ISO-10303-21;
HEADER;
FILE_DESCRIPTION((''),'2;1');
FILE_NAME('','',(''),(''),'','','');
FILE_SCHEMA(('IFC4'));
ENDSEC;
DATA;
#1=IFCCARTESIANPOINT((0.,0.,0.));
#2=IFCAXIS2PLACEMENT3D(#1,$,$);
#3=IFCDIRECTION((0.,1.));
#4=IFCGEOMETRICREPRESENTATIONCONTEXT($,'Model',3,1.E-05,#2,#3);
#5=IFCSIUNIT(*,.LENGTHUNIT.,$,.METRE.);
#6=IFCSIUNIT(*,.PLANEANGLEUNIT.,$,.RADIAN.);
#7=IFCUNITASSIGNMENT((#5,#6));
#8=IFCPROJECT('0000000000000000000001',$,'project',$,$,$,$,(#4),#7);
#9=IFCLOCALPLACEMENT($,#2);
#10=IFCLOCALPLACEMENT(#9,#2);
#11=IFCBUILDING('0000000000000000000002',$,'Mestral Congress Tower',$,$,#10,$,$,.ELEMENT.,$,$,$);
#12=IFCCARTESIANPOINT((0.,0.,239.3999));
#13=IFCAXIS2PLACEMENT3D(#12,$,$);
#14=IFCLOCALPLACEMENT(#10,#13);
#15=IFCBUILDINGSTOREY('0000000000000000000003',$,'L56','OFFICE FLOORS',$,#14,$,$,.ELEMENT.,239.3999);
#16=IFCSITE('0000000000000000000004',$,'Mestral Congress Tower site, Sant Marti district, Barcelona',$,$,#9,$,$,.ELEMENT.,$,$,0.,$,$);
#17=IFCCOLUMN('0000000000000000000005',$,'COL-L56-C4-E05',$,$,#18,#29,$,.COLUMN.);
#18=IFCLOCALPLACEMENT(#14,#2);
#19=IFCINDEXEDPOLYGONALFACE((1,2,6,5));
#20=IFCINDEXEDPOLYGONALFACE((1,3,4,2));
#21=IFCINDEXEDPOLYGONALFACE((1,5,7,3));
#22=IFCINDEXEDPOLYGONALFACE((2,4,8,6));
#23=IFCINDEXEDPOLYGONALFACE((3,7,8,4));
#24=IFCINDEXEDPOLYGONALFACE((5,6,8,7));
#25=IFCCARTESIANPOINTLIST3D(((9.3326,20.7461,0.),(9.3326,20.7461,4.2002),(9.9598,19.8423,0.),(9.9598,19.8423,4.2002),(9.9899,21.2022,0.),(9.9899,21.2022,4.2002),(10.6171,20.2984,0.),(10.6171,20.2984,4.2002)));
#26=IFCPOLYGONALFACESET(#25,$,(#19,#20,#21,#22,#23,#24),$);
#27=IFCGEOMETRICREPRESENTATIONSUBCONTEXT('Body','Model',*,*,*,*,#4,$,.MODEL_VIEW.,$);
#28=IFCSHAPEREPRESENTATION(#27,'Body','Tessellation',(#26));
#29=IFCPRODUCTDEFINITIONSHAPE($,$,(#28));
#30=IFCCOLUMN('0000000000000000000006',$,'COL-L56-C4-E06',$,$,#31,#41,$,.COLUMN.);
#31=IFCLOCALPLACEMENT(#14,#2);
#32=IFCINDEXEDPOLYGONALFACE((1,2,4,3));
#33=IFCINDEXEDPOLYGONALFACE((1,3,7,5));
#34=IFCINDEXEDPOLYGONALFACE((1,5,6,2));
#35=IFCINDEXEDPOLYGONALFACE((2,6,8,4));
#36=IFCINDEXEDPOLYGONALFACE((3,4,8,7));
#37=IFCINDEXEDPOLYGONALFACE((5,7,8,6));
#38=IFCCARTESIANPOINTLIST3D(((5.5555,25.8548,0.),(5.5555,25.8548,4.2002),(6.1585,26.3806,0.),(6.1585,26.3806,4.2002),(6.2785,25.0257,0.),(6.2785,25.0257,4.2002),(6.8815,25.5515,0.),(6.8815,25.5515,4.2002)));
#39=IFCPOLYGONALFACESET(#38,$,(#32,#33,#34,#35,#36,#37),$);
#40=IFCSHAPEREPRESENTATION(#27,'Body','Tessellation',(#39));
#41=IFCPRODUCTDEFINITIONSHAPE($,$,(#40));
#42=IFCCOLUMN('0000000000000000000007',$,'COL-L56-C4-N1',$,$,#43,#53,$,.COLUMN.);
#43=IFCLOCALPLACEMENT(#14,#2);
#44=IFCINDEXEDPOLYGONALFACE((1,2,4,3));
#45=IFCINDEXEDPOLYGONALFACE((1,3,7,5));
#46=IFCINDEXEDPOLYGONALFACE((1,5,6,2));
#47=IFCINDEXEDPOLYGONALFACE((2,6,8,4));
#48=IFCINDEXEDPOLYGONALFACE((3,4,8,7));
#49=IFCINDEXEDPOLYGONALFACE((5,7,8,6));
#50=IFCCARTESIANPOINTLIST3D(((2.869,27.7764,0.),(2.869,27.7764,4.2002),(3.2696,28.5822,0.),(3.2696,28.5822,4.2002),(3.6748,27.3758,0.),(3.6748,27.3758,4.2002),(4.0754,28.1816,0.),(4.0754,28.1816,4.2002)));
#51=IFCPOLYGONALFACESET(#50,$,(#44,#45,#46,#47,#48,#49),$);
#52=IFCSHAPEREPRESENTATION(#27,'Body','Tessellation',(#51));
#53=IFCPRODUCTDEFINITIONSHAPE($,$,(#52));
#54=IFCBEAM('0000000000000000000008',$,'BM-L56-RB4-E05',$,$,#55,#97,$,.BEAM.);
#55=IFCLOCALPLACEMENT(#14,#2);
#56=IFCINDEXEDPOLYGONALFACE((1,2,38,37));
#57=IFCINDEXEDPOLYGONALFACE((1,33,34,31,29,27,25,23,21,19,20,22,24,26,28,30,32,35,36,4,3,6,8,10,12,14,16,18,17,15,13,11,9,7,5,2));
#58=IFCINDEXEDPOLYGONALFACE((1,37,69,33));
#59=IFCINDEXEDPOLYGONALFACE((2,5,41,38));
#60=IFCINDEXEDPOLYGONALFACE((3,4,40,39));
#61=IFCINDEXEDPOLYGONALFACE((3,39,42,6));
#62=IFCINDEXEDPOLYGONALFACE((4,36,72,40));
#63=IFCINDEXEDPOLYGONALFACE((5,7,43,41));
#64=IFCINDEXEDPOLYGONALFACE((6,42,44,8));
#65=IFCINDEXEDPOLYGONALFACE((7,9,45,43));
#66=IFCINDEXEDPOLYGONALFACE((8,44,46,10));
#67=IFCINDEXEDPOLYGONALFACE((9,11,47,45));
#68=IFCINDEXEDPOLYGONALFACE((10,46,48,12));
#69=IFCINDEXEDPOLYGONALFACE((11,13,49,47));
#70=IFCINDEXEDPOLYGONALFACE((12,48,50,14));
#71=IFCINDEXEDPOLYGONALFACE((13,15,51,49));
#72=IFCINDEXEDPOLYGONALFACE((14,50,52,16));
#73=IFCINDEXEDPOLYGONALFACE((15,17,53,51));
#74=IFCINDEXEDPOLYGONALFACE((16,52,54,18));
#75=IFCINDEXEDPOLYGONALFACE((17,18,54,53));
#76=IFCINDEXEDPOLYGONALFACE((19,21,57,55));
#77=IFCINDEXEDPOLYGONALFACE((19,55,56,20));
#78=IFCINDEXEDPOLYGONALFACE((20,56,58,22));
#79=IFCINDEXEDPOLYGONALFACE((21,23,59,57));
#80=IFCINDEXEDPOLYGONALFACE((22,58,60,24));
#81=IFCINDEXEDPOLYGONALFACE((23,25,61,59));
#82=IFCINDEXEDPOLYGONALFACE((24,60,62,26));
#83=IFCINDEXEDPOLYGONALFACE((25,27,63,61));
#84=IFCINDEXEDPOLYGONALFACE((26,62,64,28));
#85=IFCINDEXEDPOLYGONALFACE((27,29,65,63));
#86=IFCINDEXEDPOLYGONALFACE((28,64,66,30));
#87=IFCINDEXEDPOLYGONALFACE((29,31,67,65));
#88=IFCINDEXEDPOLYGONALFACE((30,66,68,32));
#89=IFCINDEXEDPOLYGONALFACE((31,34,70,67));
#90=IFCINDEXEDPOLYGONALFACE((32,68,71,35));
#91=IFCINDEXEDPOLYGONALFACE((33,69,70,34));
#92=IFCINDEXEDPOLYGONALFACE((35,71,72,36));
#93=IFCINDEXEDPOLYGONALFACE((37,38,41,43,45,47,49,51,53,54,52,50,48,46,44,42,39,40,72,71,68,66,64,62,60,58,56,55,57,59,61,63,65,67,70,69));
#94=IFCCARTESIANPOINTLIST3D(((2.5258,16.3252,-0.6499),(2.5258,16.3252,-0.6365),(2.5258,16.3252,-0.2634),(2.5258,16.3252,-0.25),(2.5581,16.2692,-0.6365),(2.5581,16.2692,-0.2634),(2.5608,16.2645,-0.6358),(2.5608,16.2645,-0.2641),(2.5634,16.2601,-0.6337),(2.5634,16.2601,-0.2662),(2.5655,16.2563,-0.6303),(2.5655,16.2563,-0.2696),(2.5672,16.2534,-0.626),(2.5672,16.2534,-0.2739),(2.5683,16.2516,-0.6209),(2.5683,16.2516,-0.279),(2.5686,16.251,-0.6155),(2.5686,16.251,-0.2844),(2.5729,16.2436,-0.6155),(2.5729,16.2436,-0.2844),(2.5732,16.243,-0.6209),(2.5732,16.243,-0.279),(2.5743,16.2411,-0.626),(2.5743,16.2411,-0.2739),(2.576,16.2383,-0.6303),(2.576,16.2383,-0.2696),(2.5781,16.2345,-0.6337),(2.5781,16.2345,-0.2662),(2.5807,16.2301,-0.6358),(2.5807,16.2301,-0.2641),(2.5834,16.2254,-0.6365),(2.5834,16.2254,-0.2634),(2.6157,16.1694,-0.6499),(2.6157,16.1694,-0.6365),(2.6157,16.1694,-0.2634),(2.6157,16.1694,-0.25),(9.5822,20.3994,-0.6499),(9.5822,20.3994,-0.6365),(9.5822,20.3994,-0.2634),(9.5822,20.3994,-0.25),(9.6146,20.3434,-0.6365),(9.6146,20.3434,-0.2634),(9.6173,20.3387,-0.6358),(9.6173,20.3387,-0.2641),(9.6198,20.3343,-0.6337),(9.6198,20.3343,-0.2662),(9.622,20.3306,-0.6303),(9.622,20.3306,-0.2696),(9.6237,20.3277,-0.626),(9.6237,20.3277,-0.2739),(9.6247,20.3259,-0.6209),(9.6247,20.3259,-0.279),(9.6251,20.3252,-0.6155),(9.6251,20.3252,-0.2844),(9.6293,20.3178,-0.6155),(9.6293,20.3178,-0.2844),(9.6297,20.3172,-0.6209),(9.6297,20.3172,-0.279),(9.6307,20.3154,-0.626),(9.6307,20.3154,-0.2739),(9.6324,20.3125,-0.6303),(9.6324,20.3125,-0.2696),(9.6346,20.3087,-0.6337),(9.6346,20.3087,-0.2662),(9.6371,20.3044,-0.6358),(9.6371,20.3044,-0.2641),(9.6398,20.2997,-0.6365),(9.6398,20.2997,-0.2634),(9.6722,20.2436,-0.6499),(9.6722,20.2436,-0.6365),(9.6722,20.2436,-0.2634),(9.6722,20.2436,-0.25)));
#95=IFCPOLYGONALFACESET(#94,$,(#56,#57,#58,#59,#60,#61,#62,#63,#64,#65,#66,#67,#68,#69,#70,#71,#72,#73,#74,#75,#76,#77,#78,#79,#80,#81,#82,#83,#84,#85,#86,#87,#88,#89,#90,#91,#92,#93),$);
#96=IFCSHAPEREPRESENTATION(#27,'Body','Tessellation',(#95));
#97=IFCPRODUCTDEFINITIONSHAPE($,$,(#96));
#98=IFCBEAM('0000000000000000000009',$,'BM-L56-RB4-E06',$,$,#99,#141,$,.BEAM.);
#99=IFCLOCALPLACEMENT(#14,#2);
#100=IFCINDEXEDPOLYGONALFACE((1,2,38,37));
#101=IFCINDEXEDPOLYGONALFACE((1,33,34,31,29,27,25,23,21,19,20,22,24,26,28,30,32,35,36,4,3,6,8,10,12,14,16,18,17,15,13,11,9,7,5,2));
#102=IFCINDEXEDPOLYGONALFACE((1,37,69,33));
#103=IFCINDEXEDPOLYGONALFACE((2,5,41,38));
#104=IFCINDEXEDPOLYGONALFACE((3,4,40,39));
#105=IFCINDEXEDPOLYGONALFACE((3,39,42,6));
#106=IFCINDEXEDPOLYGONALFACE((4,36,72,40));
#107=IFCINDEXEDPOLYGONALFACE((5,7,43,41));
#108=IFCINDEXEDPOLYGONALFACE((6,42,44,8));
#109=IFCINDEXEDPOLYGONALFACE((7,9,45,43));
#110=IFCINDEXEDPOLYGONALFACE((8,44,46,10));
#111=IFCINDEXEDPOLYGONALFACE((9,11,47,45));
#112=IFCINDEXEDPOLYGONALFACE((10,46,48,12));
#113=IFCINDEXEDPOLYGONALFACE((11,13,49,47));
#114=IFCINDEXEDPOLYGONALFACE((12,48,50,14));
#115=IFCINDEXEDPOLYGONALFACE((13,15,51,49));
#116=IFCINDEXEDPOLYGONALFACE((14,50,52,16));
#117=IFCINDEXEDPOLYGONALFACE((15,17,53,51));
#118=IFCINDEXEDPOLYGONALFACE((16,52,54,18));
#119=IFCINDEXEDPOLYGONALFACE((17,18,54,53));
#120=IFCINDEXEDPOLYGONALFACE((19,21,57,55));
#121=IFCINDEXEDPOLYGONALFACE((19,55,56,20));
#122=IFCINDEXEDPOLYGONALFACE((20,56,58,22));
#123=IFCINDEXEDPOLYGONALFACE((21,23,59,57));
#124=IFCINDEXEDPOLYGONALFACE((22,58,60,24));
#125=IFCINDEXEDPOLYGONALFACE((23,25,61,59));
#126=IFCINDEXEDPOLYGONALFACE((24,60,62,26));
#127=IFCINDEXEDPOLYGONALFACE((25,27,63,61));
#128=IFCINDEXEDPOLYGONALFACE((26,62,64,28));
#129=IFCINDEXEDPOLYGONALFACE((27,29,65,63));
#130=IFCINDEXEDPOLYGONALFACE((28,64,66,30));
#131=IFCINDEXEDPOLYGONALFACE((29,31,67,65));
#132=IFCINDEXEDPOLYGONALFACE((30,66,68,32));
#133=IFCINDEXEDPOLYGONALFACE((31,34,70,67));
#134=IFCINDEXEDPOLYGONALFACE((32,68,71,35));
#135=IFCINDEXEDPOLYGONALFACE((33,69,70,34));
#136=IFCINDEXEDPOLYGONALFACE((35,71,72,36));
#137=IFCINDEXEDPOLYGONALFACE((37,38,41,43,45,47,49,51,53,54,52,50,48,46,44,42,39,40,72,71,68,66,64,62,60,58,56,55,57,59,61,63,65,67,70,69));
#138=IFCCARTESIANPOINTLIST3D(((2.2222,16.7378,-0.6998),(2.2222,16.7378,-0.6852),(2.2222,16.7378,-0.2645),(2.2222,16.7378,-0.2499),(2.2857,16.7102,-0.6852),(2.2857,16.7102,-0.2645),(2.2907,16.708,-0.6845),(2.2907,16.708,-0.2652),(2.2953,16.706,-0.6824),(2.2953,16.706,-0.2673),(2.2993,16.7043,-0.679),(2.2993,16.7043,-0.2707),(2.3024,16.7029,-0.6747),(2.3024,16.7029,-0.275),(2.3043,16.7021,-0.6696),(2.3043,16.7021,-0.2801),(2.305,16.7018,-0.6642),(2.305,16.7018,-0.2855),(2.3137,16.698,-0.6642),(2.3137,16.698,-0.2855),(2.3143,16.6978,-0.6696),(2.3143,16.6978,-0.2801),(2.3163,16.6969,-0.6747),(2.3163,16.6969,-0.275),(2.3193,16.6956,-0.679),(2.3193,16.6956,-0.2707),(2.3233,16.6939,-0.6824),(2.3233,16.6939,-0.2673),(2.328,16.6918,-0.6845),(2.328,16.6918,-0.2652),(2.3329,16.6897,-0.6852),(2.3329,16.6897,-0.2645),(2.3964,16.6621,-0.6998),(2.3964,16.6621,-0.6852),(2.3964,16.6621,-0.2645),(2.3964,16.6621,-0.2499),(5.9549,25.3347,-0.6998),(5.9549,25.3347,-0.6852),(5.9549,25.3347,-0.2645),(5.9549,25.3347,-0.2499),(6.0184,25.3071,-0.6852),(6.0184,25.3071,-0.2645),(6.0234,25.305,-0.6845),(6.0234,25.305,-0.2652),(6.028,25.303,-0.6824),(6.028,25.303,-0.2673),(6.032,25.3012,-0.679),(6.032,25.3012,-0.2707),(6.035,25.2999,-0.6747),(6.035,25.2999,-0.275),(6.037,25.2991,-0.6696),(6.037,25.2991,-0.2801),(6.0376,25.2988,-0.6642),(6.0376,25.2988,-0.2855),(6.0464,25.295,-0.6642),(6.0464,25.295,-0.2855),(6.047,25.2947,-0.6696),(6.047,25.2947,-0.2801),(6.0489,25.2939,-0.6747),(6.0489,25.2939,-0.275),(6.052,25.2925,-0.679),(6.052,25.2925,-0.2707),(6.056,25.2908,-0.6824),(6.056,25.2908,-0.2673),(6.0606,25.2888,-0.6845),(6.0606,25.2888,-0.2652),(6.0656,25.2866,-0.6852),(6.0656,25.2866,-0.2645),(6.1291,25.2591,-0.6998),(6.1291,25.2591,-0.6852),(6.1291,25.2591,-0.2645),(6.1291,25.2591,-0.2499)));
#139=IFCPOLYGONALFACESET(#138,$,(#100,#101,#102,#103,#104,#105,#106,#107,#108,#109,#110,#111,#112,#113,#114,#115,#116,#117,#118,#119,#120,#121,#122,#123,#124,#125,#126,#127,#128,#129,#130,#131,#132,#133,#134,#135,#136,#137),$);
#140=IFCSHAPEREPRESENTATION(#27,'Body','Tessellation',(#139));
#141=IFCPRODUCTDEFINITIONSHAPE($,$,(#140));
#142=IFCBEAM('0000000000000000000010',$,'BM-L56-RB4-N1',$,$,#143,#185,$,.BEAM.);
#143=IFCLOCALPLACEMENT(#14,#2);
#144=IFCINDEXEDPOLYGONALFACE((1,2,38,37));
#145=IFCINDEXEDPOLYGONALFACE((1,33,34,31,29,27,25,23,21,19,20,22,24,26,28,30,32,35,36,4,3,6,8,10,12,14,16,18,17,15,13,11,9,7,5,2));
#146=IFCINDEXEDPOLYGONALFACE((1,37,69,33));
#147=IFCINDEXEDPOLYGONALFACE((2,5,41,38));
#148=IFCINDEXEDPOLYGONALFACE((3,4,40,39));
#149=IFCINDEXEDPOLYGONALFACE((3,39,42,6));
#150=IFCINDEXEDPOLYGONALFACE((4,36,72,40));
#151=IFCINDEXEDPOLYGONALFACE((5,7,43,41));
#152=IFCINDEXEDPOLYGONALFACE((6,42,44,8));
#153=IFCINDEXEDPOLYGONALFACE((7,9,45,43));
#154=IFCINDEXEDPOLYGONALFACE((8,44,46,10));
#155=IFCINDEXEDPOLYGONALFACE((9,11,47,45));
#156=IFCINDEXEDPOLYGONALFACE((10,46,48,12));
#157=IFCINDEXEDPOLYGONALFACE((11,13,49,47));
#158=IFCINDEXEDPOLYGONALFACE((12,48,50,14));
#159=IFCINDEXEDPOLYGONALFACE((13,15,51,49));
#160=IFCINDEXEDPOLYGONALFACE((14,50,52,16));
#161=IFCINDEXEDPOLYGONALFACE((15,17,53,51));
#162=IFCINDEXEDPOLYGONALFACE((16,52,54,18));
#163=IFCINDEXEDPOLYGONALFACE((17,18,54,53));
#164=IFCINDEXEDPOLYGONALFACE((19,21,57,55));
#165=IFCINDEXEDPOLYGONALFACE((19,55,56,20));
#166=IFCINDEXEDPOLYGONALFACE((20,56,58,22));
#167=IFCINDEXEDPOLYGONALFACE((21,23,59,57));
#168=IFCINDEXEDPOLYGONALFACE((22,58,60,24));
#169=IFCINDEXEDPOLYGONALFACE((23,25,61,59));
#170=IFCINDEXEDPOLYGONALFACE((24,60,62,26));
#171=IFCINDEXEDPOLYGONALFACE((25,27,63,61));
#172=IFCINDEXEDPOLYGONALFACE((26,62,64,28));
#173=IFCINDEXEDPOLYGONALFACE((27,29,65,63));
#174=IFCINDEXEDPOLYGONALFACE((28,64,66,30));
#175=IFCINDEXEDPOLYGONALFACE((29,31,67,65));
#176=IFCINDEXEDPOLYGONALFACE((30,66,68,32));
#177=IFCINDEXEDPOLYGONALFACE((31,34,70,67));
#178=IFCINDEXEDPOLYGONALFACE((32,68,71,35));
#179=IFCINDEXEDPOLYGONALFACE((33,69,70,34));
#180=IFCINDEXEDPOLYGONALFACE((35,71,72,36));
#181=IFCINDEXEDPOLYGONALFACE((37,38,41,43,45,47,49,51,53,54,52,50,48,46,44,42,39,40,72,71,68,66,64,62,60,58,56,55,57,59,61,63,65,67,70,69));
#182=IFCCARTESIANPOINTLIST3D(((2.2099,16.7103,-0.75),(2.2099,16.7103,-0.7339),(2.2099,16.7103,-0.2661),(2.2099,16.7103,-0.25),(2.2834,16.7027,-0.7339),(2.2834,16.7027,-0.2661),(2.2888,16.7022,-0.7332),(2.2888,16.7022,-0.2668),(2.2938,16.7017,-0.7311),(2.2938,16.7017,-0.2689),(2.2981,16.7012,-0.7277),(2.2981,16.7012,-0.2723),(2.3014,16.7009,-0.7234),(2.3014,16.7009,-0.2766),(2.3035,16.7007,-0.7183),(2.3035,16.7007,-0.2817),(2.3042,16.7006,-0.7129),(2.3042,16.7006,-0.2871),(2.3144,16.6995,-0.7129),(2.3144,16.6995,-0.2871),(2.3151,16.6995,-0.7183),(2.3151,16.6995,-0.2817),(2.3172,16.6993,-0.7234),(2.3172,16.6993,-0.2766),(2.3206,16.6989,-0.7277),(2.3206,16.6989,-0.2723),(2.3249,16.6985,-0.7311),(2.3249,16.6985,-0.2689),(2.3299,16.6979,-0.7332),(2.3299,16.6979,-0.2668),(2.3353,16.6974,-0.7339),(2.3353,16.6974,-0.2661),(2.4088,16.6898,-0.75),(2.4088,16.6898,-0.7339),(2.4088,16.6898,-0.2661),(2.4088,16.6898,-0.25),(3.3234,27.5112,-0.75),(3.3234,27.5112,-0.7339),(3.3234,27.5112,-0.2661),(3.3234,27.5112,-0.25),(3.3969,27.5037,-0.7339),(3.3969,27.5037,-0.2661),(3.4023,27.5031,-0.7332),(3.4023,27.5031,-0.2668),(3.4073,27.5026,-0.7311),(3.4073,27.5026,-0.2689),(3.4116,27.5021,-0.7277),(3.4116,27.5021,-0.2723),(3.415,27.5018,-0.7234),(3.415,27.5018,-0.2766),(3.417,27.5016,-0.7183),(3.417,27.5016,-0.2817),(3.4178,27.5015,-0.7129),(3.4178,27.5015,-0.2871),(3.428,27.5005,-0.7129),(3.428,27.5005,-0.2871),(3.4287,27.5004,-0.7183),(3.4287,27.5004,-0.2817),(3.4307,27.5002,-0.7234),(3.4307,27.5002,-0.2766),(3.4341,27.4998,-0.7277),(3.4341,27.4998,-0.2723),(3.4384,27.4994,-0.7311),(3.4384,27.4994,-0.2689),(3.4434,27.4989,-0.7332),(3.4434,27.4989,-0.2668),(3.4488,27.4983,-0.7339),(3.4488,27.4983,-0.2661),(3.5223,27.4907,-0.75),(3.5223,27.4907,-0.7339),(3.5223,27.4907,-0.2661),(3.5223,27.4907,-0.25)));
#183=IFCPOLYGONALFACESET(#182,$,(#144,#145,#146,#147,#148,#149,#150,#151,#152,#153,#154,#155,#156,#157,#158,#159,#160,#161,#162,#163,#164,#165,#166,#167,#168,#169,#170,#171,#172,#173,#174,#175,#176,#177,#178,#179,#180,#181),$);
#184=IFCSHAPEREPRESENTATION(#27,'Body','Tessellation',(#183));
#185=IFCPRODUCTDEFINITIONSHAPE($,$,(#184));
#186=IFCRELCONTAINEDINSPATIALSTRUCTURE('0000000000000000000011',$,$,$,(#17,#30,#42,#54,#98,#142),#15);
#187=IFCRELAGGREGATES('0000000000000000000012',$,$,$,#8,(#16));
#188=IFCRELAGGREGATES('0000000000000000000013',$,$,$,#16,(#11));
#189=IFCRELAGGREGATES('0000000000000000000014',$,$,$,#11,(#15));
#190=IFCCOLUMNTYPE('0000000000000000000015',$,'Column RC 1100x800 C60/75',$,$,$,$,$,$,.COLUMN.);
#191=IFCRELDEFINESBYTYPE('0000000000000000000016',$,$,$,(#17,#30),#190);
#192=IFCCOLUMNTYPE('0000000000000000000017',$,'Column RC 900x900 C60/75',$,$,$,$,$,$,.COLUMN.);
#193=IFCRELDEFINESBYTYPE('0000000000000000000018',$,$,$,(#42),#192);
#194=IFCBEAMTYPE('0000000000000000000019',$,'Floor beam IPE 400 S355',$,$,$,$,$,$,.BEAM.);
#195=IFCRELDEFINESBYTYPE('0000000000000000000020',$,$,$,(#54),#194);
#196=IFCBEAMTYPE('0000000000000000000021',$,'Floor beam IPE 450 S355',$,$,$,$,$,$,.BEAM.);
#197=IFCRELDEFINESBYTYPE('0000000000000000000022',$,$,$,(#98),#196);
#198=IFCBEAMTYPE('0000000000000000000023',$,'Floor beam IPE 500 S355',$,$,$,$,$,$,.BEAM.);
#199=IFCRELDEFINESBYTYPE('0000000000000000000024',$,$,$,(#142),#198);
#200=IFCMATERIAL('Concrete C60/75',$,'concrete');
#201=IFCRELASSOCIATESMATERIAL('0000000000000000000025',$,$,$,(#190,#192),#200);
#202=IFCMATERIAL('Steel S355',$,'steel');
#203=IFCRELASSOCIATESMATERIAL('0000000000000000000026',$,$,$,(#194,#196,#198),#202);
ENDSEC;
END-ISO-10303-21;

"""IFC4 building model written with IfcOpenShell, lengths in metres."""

from ifc_helpers import new_model, si_unit, direction, frame, origin, origin_2d, place, context, subcontext, project, spatial, rectangle, i_section, extrude, material, material_profile, profile_set, type_object, element, save


model = new_model("IFC4")

# Units and contexts
model_context = context("Model", 3, precision=1e-05, world=origin(), true_north=direction((0.0, 1.0)))
body_context = subcontext(model_context, "Body", "Model", "MODEL_VIEW")
ifc_project = project(units=[si_unit("LENGTHUNIT", "METRE"), si_unit("PLANEANGLEUNIT", "RADIAN")], contexts=[model_context])

# Site, building, storey
site_placement = place(None, origin())
site = spatial("IfcSite", under=ifc_project, at=site_placement, Name="Mestral Congress Tower site, Sant Marti district, Barcelona", CompositionType="ELEMENT", RefElevation=0.0)
building_placement = place(site_placement, origin())
building = spatial("IfcBuilding", under=site, at=building_placement, Name="Mestral Congress Tower", CompositionType="ELEMENT")
storey_placement = place(building_placement, frame((0.0, 0.0, 239.3999)))
storey = spatial("IfcBuildingStorey", under=building, at=storey_placement, Name="L56", Description="OFFICE FLOORS", CompositionType="ELEMENT", Elevation=239.3999)

# Columns
ifc_material_1 = material(Name="Concrete C60/75", Category="concrete")
ifc_material_profile_1 = material_profile(ifc_material_1, rectangle(XDim=1.1001, YDim=0.8, at=origin_2d()), Name="RC 1100x800")
ifc_profile_set_1 = profile_set([ifc_material_profile_1], Name="Concrete C60/75")
column_type_1 = type_object("IfcColumnType", Name="Column RC 1100x800 C60/75", PredefinedType="COLUMN", material=ifc_profile_set_1)
for number, where, z_axis, x_axis, name in (
    (1, (9.9749, 20.5222, 0.0), (0.0, 0.0, 1.0), (-0.570084, 0.821586, 0.0), "COL-L56-C4-E05"),
    (2, (6.2185, 25.7031, 0.0), (0.0, 0.0, 1.0), (-0.65725, 0.753672, 0.0), "COL-L56-C4-E06"),
):
    element("IfcColumn", number, at=place(storey_placement, frame(where, z_axis=z_axis, x_axis=x_axis)), inside=storey, type_object=column_type_1, Name=name, PredefinedType="COLUMN", context=body_context, shape_type="SweptSolid", body=[
        extrude(rectangle(XDim=1.1001, YDim=0.8, at=origin_2d()), origin(), (0.0, 0.0, 1.0), 4.2002),
    ])
ifc_material_profile_2 = material_profile(ifc_material_1, rectangle(XDim=0.8999, YDim=0.8999, at=origin_2d()), Name="RC 900x900")
ifc_profile_set_2 = profile_set([ifc_material_profile_2], Name="Concrete C60/75")
column_type_2 = type_object("IfcColumnType", Name="Column RC 900x900 C60/75", PredefinedType="COLUMN", material=ifc_profile_set_2)
column_placement = place(storey_placement, frame((3.4722, 27.979, 0.0), z_axis=(0.0, 0.0, 1.0), x_axis=(-0.895456, 0.445149, 0.0)))
element("IfcColumn", 3, at=column_placement, inside=storey, type_object=column_type_2, Name="COL-L56-C4-N1", PredefinedType="COLUMN", context=body_context, shape_type="SweptSolid", body=[
    extrude(rectangle(XDim=0.8999, YDim=0.8999, at=origin_2d()), origin(), (0.0, 0.0, 1.0), 4.2002),
])

# Beams
ifc_material_2 = material(Name="Steel S355", Category="steel")
ifc_material_profile_3 = material_profile(ifc_material_2, i_section(OverallWidth=0.1799, OverallDepth=0.3999, WebThickness=0.0085, FlangeThickness=0.0134, FilletRadius=0.021, at=origin_2d()), Name="IPE 400")
ifc_profile_set_3 = profile_set([ifc_material_profile_3], Name="Steel S355")
beam_type_1 = type_object("IfcBeamType", Name="Floor beam IPE 400 S355", PredefinedType="BEAM", material=ifc_profile_set_3)
beam_1_placement = place(storey_placement, frame((9.6272, 20.3215, -0.45), z_axis=(-0.866014, -0.500019, 0.0), x_axis=(0.500019, -0.866014, 0.0)))
element("IfcBeam", 4, at=beam_1_placement, inside=storey, type_object=beam_type_1, Name="BM-L56-RB4-E05", PredefinedType="BEAM", context=body_context, shape_type="SweptSolid", body=[
    extrude(i_section(OverallWidth=0.1799, OverallDepth=0.3999, WebThickness=0.0085, FlangeThickness=0.0134, FilletRadius=0.021, at=origin_2d()), origin(), (0.0, 0.0, 1.0), 8.1482),
])
ifc_material_profile_4 = material_profile(ifc_material_2, i_section(OverallWidth=0.1899, OverallDepth=0.45, WebThickness=0.0095, FlangeThickness=0.0146, FilletRadius=0.021, at=origin_2d()), Name="IPE 450")
ifc_profile_set_4 = profile_set([ifc_material_profile_4], Name="Steel S355")
beam_type_2 = type_object("IfcBeamType", Name="Floor beam IPE 450 S355", PredefinedType="BEAM", material=ifc_profile_set_4)
beam_2_placement = place(storey_placement, frame((6.042, 25.2969, -0.4749), z_axis=(-0.398266, -0.91727, 0.0), x_axis=(0.91727, -0.398266, 0.0)))
element("IfcBeam", 5, at=beam_2_placement, inside=storey, type_object=beam_type_2, Name="BM-L56-RB4-E06", PredefinedType="BEAM", context=body_context, shape_type="SweptSolid", body=[
    extrude(i_section(OverallWidth=0.1899, OverallDepth=0.45, WebThickness=0.0095, FlangeThickness=0.0146, FilletRadius=0.021, at=origin_2d()), origin(), (0.0, 0.0, 1.0), 9.3723),
])
ifc_material_profile_5 = material_profile(ifc_material_2, i_section(OverallWidth=0.2, OverallDepth=0.5, WebThickness=0.0103, FlangeThickness=0.0161, FilletRadius=0.021, at=origin_2d()), Name="IPE 500")
ifc_profile_set_5 = profile_set([ifc_material_profile_5], Name="Steel S355")
beam_type_3 = type_object("IfcBeamType", Name="Floor beam IPE 500 S355", PredefinedType="BEAM", material=ifc_profile_set_5)
beam_3_placement = place(storey_placement, frame((3.4229, 27.501, -0.5), z_axis=(-0.102551, -0.994728, 0.0), x_axis=(0.994728, -0.102551, 0.0)))
element("IfcBeam", 6, at=beam_3_placement, inside=storey, type_object=beam_type_3, Name="BM-L56-RB4-N1", PredefinedType="BEAM", context=body_context, shape_type="SweptSolid", body=[
    extrude(i_section(OverallWidth=0.2, OverallDepth=0.5, WebThickness=0.0103, FlangeThickness=0.0161, FilletRadius=0.021, at=origin_2d()), origin(), (0.0, 0.0, 1.0), 10.8582),
])

save(model, "model.ifc")
